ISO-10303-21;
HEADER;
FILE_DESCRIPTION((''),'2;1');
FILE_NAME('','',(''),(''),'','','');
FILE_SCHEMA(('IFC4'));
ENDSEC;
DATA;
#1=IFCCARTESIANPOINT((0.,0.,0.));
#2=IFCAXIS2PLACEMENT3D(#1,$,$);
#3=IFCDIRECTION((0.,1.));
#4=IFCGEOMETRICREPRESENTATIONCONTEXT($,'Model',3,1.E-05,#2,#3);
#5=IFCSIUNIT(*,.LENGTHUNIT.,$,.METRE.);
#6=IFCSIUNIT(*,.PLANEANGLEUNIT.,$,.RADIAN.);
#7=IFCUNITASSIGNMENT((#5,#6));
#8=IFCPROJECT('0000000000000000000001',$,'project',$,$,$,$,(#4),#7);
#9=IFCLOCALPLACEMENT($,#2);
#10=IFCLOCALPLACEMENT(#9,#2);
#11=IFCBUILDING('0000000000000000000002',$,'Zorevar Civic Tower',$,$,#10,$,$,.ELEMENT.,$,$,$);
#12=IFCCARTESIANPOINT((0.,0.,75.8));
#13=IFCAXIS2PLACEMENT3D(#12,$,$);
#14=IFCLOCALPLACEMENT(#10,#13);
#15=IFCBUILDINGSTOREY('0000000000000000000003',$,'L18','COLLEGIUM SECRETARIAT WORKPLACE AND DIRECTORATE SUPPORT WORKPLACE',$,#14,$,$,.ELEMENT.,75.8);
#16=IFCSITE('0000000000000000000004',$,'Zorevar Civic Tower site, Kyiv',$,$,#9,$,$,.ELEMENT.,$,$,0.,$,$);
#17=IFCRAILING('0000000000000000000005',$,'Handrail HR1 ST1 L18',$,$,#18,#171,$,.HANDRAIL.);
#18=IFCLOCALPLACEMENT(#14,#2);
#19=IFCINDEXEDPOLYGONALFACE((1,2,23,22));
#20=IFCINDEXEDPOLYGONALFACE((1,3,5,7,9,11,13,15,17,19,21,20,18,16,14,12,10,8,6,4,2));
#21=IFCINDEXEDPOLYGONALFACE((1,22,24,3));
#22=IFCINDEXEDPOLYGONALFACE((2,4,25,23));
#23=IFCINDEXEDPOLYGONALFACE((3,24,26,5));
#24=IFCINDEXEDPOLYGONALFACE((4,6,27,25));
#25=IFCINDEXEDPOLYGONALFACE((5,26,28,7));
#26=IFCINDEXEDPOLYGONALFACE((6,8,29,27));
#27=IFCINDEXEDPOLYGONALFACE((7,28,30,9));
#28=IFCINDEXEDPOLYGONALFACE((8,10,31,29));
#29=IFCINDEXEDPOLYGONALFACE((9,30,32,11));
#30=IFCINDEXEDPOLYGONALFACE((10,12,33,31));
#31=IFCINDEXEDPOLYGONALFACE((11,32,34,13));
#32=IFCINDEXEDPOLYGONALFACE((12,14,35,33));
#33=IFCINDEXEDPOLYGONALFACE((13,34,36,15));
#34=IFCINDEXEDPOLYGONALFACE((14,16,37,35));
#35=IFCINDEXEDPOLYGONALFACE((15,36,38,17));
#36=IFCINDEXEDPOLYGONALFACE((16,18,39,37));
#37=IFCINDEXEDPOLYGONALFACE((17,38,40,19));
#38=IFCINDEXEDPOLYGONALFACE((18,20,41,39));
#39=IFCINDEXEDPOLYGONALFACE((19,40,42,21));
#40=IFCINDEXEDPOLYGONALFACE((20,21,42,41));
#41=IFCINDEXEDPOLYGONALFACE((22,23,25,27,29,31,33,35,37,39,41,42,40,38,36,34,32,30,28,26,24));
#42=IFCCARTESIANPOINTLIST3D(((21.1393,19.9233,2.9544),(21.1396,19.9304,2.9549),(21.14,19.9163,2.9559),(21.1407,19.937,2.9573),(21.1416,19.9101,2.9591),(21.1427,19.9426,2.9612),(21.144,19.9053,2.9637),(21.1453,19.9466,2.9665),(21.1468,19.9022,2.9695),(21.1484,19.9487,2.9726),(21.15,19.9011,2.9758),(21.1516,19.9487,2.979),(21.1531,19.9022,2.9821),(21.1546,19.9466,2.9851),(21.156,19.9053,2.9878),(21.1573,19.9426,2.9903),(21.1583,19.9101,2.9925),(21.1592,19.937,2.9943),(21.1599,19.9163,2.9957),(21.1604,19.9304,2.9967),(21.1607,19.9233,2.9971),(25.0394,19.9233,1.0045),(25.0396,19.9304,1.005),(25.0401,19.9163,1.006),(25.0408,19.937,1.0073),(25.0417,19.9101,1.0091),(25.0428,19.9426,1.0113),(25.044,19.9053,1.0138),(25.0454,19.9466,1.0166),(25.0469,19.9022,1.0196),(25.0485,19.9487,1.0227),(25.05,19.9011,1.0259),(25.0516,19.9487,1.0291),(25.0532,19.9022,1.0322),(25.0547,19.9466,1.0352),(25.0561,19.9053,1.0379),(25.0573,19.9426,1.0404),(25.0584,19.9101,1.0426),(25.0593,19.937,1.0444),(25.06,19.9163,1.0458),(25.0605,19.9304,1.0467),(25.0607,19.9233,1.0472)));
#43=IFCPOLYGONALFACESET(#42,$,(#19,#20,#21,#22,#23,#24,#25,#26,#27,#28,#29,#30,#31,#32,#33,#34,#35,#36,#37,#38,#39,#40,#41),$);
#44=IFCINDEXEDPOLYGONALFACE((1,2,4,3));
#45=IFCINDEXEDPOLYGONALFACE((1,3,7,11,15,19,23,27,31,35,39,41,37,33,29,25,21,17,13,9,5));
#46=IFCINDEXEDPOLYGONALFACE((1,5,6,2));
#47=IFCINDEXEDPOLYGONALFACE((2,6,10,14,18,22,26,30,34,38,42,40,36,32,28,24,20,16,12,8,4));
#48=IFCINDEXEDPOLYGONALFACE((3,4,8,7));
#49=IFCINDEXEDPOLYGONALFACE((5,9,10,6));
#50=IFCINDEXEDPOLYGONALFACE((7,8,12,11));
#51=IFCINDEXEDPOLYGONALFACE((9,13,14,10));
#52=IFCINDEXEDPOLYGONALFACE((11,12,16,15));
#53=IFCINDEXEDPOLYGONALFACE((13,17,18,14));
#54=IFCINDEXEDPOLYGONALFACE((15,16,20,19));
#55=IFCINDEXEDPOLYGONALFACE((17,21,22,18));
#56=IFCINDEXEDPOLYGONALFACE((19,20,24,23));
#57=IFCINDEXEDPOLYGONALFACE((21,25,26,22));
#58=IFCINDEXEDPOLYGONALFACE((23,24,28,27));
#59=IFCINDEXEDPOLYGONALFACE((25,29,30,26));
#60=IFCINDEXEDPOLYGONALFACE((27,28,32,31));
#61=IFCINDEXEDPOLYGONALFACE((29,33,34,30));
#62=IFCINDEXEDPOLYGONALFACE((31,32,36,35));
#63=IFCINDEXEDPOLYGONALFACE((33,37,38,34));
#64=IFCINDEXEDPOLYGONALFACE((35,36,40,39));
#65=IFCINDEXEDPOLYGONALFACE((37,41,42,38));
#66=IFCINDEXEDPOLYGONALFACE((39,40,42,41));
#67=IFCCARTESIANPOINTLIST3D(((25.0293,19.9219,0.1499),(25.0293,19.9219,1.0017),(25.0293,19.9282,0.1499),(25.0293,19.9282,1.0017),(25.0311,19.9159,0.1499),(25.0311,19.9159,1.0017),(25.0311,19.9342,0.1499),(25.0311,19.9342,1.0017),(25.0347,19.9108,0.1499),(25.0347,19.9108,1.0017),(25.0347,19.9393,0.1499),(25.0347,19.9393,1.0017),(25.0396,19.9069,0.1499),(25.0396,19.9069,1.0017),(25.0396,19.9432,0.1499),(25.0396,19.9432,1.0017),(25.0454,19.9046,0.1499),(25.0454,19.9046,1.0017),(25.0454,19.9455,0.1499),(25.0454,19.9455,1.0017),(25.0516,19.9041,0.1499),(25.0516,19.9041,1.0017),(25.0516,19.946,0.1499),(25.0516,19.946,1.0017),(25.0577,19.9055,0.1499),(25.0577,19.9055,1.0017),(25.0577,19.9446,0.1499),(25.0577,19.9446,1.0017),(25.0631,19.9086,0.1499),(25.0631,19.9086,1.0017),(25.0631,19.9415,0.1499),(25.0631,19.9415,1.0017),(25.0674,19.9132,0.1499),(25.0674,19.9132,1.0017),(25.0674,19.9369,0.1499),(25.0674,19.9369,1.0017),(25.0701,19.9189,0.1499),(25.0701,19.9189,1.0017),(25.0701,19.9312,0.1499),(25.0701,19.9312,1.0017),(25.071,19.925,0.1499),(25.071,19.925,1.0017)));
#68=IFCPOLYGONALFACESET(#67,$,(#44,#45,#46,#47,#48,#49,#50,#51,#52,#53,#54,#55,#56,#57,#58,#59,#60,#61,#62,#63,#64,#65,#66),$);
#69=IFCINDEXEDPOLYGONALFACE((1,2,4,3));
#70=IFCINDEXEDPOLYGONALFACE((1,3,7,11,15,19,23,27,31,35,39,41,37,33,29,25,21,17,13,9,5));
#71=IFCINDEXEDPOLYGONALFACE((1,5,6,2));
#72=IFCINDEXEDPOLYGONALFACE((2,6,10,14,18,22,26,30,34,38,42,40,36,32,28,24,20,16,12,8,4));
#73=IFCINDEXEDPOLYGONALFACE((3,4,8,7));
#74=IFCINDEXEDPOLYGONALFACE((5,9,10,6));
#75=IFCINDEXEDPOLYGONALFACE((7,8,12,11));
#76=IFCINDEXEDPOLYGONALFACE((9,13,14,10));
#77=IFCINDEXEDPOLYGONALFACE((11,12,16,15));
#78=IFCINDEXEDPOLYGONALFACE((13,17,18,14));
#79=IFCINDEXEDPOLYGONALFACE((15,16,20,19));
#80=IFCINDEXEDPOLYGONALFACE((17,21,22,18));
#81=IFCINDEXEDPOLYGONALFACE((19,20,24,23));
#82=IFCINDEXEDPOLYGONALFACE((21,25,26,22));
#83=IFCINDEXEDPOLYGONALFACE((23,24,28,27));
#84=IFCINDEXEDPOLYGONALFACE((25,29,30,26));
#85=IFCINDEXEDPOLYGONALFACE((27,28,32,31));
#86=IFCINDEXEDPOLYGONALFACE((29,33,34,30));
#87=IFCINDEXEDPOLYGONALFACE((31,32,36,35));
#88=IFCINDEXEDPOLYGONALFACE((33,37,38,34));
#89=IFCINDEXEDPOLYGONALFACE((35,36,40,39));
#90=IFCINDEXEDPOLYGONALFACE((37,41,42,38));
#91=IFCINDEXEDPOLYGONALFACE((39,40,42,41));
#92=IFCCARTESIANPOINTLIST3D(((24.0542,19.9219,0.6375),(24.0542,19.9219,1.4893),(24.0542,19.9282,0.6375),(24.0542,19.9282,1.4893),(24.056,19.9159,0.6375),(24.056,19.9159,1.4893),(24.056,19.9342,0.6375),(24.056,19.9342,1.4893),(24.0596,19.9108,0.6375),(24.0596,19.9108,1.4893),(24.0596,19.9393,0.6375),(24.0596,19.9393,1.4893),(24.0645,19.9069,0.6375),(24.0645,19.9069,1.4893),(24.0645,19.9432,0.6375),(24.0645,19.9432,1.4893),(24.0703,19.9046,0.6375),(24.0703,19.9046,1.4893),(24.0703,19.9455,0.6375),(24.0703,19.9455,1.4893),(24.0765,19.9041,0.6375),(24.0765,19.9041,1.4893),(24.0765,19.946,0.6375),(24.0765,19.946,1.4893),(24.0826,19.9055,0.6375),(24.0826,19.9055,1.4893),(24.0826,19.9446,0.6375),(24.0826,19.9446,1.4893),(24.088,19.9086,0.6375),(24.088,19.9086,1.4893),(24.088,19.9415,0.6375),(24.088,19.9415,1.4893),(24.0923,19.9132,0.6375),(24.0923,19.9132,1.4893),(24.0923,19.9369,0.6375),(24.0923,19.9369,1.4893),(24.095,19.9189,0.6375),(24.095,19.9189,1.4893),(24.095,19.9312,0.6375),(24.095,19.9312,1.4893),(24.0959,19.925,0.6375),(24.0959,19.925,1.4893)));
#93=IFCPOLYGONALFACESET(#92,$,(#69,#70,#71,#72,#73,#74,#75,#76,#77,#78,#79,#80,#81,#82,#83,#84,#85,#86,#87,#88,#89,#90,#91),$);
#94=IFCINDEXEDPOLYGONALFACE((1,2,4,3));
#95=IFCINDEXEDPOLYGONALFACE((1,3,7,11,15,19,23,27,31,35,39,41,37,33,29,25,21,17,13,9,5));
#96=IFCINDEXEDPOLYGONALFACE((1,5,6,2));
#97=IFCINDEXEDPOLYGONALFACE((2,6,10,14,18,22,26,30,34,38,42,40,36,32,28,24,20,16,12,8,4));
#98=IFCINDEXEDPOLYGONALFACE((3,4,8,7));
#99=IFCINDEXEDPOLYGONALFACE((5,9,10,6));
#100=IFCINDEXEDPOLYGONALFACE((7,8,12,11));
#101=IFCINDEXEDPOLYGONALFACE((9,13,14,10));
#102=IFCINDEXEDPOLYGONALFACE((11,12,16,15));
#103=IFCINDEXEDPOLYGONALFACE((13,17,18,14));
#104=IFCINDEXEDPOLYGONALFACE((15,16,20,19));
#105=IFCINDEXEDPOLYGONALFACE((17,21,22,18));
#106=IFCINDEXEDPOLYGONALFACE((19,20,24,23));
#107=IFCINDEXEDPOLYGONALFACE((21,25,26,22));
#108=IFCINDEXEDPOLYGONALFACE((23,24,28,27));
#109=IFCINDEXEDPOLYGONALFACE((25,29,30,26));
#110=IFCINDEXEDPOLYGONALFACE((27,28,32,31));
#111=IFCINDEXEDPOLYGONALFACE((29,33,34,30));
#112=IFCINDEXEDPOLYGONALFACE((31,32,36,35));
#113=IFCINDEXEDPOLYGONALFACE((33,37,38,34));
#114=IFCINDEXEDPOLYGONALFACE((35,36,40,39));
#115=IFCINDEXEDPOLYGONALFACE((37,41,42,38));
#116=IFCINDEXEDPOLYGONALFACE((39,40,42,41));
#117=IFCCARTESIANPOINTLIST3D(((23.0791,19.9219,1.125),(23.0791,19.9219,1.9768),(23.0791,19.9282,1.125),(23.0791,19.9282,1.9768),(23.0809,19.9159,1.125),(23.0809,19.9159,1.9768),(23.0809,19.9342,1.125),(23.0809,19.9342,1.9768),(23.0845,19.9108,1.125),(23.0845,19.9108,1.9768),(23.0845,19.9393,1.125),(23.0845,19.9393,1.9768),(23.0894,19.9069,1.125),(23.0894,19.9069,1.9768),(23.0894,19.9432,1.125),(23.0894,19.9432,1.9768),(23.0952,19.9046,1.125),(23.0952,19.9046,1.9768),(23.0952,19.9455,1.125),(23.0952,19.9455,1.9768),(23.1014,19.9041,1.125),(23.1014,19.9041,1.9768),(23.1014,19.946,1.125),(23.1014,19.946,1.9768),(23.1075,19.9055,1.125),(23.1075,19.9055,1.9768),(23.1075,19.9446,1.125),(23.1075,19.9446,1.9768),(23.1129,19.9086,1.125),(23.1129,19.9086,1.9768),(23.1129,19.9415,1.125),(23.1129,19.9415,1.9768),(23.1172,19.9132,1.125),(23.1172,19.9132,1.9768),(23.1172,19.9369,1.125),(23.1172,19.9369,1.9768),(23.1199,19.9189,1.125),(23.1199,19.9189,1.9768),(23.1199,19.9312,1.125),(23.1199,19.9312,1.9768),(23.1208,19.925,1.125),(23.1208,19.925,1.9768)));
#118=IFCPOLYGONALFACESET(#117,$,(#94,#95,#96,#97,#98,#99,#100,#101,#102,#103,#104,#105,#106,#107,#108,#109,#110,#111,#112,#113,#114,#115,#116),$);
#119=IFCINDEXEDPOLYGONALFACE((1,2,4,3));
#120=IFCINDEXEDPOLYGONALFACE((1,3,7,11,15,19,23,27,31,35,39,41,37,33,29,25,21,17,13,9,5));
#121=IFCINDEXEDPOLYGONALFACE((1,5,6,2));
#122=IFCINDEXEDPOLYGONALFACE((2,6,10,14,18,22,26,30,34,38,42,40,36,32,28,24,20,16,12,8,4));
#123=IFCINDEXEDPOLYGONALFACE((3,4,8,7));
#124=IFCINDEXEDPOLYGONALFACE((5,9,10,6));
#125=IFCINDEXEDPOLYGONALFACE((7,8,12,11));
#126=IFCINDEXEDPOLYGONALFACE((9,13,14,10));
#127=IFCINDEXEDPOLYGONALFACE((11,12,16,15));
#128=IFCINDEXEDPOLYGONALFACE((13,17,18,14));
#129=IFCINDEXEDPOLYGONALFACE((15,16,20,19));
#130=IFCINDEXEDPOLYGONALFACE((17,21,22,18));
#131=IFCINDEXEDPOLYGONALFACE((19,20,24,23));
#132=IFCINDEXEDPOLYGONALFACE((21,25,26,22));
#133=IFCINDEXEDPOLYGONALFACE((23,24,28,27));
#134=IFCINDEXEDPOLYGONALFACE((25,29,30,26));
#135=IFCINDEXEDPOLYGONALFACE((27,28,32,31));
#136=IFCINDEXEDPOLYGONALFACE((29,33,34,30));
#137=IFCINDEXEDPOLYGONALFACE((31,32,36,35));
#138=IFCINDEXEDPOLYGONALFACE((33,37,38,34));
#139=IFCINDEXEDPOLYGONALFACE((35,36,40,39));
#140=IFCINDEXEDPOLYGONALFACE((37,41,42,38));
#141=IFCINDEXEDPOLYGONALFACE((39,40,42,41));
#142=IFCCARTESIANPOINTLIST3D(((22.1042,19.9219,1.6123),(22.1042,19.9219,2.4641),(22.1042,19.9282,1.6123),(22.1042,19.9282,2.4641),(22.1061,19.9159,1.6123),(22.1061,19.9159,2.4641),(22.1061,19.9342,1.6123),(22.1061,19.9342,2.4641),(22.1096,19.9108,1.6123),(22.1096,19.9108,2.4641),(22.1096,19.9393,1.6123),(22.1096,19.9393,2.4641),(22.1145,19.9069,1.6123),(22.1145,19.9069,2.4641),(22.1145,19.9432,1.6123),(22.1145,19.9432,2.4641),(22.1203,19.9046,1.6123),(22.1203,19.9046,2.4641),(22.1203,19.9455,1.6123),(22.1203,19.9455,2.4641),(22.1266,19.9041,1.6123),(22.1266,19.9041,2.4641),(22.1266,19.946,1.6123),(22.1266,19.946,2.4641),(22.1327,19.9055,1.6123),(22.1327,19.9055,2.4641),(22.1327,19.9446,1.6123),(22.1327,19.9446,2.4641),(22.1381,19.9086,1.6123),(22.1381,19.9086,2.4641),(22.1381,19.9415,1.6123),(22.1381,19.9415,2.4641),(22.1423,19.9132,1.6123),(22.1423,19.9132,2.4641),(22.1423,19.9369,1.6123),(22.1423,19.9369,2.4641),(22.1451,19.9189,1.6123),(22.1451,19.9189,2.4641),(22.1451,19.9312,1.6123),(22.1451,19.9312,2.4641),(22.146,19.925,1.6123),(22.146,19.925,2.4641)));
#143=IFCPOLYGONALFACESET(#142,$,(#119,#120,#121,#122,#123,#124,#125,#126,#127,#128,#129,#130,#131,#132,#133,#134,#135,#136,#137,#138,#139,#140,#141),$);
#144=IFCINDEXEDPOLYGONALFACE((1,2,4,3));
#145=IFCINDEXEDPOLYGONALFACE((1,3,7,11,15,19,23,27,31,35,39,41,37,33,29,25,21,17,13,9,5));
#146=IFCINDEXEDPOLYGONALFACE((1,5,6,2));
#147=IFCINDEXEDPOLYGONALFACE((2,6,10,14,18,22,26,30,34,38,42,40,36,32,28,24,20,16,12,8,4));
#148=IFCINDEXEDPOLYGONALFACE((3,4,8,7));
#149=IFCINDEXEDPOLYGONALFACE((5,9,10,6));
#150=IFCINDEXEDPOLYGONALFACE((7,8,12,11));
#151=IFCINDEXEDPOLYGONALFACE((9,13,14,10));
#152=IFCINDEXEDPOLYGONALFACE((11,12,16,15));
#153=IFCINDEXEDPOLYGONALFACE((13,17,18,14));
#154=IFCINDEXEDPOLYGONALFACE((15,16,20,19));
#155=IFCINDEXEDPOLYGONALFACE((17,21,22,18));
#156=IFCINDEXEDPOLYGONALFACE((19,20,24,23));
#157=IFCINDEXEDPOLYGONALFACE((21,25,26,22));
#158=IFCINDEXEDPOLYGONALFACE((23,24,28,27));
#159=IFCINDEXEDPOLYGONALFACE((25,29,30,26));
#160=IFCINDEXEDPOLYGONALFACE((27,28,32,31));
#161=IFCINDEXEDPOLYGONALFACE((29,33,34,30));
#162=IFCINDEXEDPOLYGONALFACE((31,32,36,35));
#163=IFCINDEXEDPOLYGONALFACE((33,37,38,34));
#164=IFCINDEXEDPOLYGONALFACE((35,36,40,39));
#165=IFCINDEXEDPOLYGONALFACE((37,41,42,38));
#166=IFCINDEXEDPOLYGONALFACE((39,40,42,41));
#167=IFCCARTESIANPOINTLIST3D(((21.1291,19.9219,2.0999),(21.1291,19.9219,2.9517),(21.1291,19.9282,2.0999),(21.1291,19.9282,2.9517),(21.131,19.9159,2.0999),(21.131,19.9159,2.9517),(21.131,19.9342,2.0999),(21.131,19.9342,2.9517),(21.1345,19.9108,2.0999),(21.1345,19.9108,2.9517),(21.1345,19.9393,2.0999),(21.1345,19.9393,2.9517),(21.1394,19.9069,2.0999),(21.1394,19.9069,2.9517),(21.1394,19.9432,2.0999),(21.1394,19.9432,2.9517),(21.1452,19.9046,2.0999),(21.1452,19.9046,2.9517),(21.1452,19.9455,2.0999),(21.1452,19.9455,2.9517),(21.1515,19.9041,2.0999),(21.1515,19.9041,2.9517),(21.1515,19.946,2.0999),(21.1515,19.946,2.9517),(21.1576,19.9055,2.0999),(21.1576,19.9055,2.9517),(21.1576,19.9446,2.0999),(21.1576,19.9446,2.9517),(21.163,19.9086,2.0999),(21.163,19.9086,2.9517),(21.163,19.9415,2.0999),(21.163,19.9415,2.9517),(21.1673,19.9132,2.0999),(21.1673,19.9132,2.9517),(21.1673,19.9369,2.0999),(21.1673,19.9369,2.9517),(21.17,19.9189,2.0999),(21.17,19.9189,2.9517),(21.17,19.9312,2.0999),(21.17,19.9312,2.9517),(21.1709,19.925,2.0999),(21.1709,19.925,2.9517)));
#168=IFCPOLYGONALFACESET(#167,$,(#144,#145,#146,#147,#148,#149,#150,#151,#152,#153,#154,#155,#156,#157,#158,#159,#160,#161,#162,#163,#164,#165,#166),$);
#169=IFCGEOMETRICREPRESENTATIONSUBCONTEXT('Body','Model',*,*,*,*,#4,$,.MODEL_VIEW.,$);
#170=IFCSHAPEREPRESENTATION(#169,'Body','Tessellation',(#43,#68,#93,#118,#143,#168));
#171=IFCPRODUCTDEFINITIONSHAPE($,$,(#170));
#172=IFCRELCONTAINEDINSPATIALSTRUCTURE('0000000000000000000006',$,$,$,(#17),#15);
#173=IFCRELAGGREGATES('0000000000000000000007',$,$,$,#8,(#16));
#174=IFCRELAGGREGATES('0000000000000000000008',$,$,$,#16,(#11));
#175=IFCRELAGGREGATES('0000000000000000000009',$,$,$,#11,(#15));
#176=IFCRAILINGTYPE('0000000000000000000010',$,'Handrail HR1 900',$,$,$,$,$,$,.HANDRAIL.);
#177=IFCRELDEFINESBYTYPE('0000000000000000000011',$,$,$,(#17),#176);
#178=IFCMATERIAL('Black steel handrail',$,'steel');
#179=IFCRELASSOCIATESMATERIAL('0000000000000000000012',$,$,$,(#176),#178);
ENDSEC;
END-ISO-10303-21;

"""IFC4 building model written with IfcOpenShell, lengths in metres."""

from ifc_helpers import new_model, si_unit, direction, frame, origin, origin_2d, place, context, subcontext, project, spatial, circle, extrude, material, type_object, element, save


model = new_model("IFC4")

# Units and contexts
model_context = context("Model", 3, precision=1e-05, world=origin(), true_north=direction((0.0, 1.0)))
body_context = subcontext(model_context, "Body", "Model", "MODEL_VIEW")
ifc_project = project(units=[si_unit("LENGTHUNIT", "METRE"), si_unit("PLANEANGLEUNIT", "RADIAN")], contexts=[model_context])

# Site, building, storey
site_placement = place(None, origin())
site = spatial("IfcSite", under=ifc_project, at=site_placement, Name="Zorevar Civic Tower site, Kyiv", CompositionType="ELEMENT", RefElevation=0.0)
building_placement = place(site_placement, origin())
building = spatial("IfcBuilding", under=site, at=building_placement, Name="Zorevar Civic Tower", CompositionType="ELEMENT")
storey_placement = place(building_placement, frame((0.0, 0.0, 75.8)))
storey = spatial("IfcBuildingStorey", under=building, at=storey_placement, Name="L18", Description="COLLEGIUM SECRETARIAT WORKPLACE AND DIRECTORATE SUPPORT WORKPLACE", CompositionType="ELEMENT", Elevation=75.8)

# Railing
ifc_material_1 = material(Name="Black steel handrail", Category="steel")
railing_type = type_object("IfcRailingType", Name="Handrail HR1 900", PredefinedType="HANDRAIL", material=ifc_material_1)
railing_1_placement = place(storey_placement, frame((25.05, 19.925, 0.1499)))
element("IfcRailing", 1, at=railing_1_placement, inside=storey, type_object=railing_type, Name="Handrail HR1 ST1 L18", PredefinedType="HANDRAIL", context=body_context, shape_type="SweptSolid", body=[
    extrude(circle(Radius=0.0239, at=origin_2d()), frame((0.0, 0.0, 0.876), z_axis=(-0.894438, 0.0, 0.447191), x_axis=(0.0, -1.0, 0.0)), (0.0, 0.0, 1.0), 4.3604),
    extrude(circle(Radius=0.021, at=origin_2d()), origin(), (0.0, 0.0, 1.0), 0.8518),
    extrude(circle(Radius=0.021, at=origin_2d()), frame((-0.9751, 0.0, 0.4875)), (0.0, 0.0, 1.0), 0.8518),
    extrude(circle(Radius=0.021, at=origin_2d()), frame((-1.9502, 0.0, 0.9751)), (0.0, 0.0, 1.0), 0.8518),
    extrude(circle(Radius=0.021, at=origin_2d()), frame((-2.925, 0.0, 1.4624)), (0.0, 0.0, 1.0), 0.8518),
    extrude(circle(Radius=0.021, at=origin_2d()), frame((-3.9001, 0.0, 1.95)), (0.0, 0.0, 1.0), 0.8518),
])

save(model, "model.ifc")
